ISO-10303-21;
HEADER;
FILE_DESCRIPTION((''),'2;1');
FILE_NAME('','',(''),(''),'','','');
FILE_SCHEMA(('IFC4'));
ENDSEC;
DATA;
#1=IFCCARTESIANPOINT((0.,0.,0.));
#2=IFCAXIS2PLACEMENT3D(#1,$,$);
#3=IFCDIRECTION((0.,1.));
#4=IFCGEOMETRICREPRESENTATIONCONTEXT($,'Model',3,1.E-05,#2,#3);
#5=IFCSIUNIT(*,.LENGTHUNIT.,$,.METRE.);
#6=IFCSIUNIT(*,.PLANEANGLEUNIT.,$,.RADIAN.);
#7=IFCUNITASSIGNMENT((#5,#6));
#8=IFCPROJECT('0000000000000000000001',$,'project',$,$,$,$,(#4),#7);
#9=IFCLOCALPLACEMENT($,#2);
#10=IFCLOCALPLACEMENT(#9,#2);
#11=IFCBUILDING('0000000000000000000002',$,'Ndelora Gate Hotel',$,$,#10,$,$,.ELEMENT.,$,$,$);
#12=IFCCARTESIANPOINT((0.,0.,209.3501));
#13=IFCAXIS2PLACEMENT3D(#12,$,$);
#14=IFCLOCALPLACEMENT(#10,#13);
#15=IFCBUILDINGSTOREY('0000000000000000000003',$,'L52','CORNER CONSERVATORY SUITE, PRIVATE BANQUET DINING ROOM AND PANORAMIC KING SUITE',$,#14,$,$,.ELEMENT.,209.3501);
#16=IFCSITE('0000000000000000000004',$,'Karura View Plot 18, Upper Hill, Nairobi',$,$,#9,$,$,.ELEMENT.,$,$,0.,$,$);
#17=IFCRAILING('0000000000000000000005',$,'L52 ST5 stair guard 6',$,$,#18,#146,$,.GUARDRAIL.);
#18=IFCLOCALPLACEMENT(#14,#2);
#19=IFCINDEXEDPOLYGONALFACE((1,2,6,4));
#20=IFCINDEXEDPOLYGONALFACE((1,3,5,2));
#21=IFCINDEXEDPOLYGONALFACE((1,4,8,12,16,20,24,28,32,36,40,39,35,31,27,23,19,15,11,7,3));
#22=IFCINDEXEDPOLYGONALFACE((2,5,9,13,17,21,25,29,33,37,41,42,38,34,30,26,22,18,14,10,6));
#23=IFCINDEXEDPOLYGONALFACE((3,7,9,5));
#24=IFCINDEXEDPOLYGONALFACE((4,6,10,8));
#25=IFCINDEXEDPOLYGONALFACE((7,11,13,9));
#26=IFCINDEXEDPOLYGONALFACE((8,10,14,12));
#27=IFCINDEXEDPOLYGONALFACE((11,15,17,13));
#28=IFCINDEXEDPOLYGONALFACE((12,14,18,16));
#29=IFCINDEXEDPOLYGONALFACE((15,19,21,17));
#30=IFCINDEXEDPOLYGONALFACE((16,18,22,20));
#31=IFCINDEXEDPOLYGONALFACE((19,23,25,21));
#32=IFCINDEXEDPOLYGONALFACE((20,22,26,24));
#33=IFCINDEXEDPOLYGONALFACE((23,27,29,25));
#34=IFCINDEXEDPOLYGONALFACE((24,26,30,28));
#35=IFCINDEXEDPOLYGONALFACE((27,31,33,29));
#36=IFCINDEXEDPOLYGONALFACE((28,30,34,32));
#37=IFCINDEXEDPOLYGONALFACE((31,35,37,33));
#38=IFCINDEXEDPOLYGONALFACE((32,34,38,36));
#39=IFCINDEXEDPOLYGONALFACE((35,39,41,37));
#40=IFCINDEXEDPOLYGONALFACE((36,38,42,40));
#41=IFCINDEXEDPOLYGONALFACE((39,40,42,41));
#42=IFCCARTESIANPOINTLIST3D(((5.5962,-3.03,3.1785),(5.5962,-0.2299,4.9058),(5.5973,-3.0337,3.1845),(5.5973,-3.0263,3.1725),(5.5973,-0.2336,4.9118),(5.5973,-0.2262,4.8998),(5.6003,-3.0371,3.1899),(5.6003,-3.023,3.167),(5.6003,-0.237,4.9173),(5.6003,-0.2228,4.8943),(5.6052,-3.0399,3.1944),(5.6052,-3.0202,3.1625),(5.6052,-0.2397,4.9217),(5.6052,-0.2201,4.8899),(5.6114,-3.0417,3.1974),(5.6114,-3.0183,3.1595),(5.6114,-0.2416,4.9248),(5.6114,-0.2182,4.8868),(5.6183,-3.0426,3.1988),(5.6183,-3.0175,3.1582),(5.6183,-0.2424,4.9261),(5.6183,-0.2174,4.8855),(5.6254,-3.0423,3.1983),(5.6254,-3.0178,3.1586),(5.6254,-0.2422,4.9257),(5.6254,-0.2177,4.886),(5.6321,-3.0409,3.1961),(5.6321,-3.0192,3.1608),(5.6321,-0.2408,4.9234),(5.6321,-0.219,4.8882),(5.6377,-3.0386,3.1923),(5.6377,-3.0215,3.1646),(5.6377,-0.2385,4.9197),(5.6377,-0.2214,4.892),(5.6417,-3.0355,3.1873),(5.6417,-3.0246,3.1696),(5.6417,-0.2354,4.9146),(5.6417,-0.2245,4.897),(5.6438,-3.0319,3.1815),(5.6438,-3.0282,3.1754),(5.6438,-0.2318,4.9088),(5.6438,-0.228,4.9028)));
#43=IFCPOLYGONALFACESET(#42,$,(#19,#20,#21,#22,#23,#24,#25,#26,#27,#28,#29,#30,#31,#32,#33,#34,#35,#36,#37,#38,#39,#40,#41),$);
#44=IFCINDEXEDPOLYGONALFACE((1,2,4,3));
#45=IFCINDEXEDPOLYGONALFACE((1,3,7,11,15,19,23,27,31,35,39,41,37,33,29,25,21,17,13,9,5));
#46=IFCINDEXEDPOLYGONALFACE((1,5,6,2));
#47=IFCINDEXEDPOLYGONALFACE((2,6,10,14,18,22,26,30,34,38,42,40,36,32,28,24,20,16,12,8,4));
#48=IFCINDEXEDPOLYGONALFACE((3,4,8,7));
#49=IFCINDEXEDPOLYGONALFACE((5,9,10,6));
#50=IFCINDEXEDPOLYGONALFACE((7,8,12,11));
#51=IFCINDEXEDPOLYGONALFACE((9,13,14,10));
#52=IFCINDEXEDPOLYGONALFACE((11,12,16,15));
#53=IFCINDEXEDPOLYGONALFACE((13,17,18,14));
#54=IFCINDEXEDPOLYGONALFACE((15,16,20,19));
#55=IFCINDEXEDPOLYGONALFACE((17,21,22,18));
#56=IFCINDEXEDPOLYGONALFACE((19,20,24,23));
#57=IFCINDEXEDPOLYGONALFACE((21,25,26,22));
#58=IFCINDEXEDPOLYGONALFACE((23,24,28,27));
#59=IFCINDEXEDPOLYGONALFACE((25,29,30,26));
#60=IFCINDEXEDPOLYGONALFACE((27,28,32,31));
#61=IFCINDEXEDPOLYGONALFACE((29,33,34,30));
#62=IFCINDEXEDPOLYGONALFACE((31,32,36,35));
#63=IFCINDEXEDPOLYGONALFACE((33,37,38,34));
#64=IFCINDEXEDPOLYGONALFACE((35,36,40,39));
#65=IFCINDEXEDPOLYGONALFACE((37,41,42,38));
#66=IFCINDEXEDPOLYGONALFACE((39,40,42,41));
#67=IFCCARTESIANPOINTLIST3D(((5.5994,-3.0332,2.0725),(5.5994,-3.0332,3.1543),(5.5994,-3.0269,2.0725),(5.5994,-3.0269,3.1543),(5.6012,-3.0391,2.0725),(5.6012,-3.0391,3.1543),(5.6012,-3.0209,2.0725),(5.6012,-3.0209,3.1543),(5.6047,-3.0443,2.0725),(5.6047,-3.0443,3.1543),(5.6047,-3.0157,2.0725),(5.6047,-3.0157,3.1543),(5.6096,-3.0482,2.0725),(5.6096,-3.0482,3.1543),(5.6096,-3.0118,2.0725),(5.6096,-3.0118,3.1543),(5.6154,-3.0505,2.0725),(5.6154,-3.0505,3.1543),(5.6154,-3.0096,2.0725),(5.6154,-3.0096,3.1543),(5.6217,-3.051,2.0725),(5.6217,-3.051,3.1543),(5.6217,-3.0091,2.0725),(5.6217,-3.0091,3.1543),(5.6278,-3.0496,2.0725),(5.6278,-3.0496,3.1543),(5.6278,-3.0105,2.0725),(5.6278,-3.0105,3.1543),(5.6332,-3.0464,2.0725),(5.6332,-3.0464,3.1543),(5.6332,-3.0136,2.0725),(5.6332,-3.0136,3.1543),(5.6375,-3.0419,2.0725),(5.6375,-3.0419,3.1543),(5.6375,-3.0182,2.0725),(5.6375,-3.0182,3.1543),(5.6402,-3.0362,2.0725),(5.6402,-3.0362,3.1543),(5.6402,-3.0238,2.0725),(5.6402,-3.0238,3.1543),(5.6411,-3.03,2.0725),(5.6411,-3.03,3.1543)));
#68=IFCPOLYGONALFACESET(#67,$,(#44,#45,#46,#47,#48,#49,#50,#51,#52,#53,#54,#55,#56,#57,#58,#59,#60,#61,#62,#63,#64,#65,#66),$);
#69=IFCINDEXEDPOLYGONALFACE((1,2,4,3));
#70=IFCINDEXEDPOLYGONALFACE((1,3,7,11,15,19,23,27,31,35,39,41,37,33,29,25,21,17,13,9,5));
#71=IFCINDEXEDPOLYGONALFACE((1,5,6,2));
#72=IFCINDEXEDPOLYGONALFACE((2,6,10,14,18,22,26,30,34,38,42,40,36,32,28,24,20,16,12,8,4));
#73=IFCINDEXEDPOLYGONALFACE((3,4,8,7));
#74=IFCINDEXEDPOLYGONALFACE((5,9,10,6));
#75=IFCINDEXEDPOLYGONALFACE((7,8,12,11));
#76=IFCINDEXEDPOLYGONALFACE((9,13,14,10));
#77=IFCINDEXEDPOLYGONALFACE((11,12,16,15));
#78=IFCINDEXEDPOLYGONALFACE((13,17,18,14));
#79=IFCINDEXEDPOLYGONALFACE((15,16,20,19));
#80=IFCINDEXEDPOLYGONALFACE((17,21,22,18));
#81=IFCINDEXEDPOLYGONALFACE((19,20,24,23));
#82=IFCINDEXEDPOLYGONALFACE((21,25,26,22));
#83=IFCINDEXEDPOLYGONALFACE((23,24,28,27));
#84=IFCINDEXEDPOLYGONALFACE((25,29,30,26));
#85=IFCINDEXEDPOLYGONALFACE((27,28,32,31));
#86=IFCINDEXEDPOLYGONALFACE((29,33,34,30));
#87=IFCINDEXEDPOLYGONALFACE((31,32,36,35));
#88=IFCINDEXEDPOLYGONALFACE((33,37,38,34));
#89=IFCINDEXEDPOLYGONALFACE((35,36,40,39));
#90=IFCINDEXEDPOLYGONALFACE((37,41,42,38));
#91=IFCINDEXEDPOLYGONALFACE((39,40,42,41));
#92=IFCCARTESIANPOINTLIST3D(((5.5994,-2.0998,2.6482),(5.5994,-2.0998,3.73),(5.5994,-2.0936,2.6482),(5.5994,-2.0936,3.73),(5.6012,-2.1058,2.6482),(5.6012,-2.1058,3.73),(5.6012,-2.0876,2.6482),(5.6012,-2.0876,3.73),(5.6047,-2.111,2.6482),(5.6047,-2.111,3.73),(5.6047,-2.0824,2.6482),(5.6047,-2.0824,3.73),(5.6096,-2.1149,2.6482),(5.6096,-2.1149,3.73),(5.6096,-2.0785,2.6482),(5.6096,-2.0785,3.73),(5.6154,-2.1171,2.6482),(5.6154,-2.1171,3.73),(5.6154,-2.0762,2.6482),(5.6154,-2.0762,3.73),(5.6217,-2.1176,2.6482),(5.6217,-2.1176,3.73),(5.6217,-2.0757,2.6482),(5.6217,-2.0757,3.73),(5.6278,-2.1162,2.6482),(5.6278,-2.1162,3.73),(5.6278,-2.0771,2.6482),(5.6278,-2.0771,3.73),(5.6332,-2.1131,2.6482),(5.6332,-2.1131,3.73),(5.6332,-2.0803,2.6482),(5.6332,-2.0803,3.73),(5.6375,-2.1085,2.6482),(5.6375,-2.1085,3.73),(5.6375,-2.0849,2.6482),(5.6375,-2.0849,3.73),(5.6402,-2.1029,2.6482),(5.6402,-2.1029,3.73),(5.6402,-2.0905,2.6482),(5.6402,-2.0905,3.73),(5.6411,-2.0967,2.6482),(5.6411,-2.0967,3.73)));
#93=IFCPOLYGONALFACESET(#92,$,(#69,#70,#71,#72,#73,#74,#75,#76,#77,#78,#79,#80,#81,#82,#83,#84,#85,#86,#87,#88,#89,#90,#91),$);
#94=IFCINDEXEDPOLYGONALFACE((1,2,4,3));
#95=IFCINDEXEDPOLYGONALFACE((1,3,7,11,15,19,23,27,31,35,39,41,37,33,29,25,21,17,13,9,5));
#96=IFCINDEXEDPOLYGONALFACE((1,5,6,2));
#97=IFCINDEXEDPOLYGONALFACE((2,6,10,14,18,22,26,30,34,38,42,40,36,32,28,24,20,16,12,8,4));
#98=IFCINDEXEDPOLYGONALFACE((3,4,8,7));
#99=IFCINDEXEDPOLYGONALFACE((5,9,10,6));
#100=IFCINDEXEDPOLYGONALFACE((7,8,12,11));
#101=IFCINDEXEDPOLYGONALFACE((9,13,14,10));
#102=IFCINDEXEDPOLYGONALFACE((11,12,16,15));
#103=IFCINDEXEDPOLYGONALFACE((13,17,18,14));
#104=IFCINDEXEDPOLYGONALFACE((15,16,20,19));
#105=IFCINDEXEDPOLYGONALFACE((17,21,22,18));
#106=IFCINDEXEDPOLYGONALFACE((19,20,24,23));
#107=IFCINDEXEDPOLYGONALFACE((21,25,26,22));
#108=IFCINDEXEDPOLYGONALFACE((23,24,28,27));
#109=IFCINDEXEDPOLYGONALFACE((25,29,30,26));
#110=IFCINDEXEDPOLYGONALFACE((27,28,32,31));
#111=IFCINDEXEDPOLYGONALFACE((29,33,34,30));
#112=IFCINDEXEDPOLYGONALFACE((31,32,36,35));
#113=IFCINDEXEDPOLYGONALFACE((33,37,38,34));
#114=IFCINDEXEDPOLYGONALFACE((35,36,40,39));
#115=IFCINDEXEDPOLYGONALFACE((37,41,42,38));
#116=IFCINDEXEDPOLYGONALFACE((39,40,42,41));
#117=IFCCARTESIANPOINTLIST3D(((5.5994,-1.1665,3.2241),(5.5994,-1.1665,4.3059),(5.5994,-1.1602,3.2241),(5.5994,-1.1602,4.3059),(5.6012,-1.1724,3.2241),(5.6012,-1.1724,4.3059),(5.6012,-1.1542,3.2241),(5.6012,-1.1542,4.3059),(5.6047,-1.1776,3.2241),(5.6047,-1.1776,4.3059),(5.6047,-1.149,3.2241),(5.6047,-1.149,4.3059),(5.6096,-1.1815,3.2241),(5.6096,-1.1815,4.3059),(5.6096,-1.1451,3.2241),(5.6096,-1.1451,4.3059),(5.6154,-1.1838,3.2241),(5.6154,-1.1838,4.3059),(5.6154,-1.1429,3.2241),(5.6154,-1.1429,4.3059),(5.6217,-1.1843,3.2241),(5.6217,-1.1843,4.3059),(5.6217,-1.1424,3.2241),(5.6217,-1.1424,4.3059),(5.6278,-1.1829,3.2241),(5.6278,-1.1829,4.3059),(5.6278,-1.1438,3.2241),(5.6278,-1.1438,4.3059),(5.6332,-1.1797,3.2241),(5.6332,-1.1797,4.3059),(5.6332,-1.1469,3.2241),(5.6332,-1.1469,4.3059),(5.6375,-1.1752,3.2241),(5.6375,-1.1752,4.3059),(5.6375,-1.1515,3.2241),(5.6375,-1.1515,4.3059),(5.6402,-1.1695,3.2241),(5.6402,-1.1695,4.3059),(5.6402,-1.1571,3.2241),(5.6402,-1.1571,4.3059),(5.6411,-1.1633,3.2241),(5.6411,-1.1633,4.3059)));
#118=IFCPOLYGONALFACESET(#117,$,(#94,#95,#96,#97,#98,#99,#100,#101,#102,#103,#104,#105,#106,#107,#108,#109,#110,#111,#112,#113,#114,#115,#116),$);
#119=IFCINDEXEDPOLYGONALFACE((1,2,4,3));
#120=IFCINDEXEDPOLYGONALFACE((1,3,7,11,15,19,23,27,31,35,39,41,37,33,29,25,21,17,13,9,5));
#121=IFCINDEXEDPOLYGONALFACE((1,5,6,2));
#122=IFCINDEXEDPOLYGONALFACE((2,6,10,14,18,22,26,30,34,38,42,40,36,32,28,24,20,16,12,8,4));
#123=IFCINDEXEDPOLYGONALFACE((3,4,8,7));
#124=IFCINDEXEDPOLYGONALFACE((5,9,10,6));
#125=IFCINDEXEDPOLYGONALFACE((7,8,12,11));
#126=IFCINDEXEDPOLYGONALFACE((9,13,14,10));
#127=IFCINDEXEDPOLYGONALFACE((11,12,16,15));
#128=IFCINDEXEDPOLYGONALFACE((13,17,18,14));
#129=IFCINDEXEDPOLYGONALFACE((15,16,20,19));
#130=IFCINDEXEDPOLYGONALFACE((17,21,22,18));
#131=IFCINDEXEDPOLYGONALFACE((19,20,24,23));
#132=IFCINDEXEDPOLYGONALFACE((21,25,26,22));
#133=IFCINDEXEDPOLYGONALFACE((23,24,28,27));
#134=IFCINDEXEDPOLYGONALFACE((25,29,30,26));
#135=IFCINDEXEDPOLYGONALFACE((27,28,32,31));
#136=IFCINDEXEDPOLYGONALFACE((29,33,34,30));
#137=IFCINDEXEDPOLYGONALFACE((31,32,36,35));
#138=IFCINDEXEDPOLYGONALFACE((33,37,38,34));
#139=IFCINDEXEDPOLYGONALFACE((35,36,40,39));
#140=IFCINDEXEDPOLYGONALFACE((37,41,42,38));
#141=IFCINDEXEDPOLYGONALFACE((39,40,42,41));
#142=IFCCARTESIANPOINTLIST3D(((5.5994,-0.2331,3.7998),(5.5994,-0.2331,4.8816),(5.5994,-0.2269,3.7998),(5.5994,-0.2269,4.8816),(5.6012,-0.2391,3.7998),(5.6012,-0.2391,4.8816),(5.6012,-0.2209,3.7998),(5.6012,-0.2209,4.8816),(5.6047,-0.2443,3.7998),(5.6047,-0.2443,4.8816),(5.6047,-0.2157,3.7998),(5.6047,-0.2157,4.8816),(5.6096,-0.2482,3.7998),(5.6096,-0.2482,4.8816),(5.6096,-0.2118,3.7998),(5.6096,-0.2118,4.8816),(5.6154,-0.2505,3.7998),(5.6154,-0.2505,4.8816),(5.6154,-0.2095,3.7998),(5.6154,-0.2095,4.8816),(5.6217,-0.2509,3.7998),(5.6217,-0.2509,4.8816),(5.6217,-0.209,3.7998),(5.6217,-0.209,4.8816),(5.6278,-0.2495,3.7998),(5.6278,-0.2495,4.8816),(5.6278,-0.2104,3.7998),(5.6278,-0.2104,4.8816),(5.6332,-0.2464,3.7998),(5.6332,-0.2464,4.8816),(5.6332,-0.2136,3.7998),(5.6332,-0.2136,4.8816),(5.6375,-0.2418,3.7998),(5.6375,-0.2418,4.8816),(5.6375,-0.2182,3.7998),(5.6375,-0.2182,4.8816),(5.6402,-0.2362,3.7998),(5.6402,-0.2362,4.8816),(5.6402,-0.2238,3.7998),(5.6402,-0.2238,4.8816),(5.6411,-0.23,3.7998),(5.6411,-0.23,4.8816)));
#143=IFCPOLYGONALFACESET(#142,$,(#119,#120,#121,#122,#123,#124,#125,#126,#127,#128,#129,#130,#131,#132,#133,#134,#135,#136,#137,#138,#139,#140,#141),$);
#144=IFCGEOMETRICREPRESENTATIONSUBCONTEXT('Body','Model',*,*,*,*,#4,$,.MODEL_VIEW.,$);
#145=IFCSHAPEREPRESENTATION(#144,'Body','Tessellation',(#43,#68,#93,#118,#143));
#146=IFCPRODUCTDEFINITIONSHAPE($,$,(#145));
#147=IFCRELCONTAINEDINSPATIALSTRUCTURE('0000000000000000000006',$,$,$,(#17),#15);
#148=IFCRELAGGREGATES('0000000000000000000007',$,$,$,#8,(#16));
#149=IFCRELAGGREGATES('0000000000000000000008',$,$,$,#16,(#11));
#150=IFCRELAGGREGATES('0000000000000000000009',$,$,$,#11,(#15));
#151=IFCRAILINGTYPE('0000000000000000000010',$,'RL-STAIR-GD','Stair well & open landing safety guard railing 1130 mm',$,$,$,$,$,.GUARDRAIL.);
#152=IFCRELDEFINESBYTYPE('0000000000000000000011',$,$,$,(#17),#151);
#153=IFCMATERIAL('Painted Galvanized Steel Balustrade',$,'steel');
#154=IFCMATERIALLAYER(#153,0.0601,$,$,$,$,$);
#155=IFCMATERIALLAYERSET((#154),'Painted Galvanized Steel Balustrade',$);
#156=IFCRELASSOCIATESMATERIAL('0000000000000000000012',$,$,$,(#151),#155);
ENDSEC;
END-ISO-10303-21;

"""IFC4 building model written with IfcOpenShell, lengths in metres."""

from ifc_helpers import new_model, si_unit, direction, frame, origin, origin_2d, place, context, subcontext, project, spatial, circle, extrude, material, layer, layer_set, type_object, element, save


model = new_model("IFC4")

# Units and contexts
model_context = context("Model", 3, precision=1e-05, world=origin(), true_north=direction((0.0, 1.0)))
body_context = subcontext(model_context, "Body", "Model", "MODEL_VIEW")
ifc_project = project(units=[si_unit("LENGTHUNIT", "METRE"), si_unit("PLANEANGLEUNIT", "RADIAN")], contexts=[model_context])

# Site, building, storey
site_placement = place(None, origin())
site = spatial("IfcSite", under=ifc_project, at=site_placement, Name="Karura View Plot 18, Upper Hill, Nairobi", CompositionType="ELEMENT", RefElevation=0.0)
building_placement = place(site_placement, origin())
building = spatial("IfcBuilding", under=site, at=building_placement, Name="Ndelora Gate Hotel", CompositionType="ELEMENT")
storey_placement = place(building_placement, frame((0.0, 0.0, 209.3501)))
storey = spatial("IfcBuildingStorey", under=building, at=storey_placement, Name="L52", Description="CORNER CONSERVATORY SUITE, PRIVATE BANQUET DINING ROOM AND PANORAMIC KING SUITE", CompositionType="ELEMENT", Elevation=209.3501)

# Railing
ifc_material_1 = material(Name="Painted Galvanized Steel Balustrade", Category="steel")
ifc_layer_1 = layer(ifc_material_1, 0.0601)
ifc_layer_set_1 = layer_set([ifc_layer_1], Name="Painted Galvanized Steel Balustrade")
railing_type_1 = type_object("IfcRailingType", Name="RL-STAIR-GD", Description="Stair well & open landing safety guard railing 1130 mm", PredefinedType="GUARDRAIL", material=ifc_layer_set_1)
railing_1_placement = place(storey_placement, frame((5.6201, -3.03, 2.0725)))
element("IfcRailing", 1, at=railing_1_placement, inside=storey, type_object=railing_type_1, Name="L52 ST5 stair guard 6", PredefinedType="GUARDRAIL", context=body_context, shape_type="SweptSolid", body=[
    extrude(circle(Radius=0.0239, at=origin_2d()), frame((0.0, 0.0, 1.106), z_axis=(0.0, 0.85109, 0.52502), x_axis=(-1.0, 0.0, 0.0)), (0.0, 0.0, 1.0), 3.29),
    extrude(circle(Radius=0.021, at=origin_2d()), origin(), (0.0, 0.0, 1.0), 1.0818),
    extrude(circle(Radius=0.021, at=origin_2d()), frame((0.0, 0.9333, 0.5757)), (0.0, 0.0, 1.0), 1.0818),
    extrude(circle(Radius=0.021, at=origin_2d()), frame((0.0, 1.8667, 1.1516)), (0.0, 0.0, 1.0), 1.0818),
    extrude(circle(Radius=0.021, at=origin_2d()), frame((0.0, 2.8, 1.7273)), (0.0, 0.0, 1.0), 1.0818),
])

save(model, "model.ifc")
